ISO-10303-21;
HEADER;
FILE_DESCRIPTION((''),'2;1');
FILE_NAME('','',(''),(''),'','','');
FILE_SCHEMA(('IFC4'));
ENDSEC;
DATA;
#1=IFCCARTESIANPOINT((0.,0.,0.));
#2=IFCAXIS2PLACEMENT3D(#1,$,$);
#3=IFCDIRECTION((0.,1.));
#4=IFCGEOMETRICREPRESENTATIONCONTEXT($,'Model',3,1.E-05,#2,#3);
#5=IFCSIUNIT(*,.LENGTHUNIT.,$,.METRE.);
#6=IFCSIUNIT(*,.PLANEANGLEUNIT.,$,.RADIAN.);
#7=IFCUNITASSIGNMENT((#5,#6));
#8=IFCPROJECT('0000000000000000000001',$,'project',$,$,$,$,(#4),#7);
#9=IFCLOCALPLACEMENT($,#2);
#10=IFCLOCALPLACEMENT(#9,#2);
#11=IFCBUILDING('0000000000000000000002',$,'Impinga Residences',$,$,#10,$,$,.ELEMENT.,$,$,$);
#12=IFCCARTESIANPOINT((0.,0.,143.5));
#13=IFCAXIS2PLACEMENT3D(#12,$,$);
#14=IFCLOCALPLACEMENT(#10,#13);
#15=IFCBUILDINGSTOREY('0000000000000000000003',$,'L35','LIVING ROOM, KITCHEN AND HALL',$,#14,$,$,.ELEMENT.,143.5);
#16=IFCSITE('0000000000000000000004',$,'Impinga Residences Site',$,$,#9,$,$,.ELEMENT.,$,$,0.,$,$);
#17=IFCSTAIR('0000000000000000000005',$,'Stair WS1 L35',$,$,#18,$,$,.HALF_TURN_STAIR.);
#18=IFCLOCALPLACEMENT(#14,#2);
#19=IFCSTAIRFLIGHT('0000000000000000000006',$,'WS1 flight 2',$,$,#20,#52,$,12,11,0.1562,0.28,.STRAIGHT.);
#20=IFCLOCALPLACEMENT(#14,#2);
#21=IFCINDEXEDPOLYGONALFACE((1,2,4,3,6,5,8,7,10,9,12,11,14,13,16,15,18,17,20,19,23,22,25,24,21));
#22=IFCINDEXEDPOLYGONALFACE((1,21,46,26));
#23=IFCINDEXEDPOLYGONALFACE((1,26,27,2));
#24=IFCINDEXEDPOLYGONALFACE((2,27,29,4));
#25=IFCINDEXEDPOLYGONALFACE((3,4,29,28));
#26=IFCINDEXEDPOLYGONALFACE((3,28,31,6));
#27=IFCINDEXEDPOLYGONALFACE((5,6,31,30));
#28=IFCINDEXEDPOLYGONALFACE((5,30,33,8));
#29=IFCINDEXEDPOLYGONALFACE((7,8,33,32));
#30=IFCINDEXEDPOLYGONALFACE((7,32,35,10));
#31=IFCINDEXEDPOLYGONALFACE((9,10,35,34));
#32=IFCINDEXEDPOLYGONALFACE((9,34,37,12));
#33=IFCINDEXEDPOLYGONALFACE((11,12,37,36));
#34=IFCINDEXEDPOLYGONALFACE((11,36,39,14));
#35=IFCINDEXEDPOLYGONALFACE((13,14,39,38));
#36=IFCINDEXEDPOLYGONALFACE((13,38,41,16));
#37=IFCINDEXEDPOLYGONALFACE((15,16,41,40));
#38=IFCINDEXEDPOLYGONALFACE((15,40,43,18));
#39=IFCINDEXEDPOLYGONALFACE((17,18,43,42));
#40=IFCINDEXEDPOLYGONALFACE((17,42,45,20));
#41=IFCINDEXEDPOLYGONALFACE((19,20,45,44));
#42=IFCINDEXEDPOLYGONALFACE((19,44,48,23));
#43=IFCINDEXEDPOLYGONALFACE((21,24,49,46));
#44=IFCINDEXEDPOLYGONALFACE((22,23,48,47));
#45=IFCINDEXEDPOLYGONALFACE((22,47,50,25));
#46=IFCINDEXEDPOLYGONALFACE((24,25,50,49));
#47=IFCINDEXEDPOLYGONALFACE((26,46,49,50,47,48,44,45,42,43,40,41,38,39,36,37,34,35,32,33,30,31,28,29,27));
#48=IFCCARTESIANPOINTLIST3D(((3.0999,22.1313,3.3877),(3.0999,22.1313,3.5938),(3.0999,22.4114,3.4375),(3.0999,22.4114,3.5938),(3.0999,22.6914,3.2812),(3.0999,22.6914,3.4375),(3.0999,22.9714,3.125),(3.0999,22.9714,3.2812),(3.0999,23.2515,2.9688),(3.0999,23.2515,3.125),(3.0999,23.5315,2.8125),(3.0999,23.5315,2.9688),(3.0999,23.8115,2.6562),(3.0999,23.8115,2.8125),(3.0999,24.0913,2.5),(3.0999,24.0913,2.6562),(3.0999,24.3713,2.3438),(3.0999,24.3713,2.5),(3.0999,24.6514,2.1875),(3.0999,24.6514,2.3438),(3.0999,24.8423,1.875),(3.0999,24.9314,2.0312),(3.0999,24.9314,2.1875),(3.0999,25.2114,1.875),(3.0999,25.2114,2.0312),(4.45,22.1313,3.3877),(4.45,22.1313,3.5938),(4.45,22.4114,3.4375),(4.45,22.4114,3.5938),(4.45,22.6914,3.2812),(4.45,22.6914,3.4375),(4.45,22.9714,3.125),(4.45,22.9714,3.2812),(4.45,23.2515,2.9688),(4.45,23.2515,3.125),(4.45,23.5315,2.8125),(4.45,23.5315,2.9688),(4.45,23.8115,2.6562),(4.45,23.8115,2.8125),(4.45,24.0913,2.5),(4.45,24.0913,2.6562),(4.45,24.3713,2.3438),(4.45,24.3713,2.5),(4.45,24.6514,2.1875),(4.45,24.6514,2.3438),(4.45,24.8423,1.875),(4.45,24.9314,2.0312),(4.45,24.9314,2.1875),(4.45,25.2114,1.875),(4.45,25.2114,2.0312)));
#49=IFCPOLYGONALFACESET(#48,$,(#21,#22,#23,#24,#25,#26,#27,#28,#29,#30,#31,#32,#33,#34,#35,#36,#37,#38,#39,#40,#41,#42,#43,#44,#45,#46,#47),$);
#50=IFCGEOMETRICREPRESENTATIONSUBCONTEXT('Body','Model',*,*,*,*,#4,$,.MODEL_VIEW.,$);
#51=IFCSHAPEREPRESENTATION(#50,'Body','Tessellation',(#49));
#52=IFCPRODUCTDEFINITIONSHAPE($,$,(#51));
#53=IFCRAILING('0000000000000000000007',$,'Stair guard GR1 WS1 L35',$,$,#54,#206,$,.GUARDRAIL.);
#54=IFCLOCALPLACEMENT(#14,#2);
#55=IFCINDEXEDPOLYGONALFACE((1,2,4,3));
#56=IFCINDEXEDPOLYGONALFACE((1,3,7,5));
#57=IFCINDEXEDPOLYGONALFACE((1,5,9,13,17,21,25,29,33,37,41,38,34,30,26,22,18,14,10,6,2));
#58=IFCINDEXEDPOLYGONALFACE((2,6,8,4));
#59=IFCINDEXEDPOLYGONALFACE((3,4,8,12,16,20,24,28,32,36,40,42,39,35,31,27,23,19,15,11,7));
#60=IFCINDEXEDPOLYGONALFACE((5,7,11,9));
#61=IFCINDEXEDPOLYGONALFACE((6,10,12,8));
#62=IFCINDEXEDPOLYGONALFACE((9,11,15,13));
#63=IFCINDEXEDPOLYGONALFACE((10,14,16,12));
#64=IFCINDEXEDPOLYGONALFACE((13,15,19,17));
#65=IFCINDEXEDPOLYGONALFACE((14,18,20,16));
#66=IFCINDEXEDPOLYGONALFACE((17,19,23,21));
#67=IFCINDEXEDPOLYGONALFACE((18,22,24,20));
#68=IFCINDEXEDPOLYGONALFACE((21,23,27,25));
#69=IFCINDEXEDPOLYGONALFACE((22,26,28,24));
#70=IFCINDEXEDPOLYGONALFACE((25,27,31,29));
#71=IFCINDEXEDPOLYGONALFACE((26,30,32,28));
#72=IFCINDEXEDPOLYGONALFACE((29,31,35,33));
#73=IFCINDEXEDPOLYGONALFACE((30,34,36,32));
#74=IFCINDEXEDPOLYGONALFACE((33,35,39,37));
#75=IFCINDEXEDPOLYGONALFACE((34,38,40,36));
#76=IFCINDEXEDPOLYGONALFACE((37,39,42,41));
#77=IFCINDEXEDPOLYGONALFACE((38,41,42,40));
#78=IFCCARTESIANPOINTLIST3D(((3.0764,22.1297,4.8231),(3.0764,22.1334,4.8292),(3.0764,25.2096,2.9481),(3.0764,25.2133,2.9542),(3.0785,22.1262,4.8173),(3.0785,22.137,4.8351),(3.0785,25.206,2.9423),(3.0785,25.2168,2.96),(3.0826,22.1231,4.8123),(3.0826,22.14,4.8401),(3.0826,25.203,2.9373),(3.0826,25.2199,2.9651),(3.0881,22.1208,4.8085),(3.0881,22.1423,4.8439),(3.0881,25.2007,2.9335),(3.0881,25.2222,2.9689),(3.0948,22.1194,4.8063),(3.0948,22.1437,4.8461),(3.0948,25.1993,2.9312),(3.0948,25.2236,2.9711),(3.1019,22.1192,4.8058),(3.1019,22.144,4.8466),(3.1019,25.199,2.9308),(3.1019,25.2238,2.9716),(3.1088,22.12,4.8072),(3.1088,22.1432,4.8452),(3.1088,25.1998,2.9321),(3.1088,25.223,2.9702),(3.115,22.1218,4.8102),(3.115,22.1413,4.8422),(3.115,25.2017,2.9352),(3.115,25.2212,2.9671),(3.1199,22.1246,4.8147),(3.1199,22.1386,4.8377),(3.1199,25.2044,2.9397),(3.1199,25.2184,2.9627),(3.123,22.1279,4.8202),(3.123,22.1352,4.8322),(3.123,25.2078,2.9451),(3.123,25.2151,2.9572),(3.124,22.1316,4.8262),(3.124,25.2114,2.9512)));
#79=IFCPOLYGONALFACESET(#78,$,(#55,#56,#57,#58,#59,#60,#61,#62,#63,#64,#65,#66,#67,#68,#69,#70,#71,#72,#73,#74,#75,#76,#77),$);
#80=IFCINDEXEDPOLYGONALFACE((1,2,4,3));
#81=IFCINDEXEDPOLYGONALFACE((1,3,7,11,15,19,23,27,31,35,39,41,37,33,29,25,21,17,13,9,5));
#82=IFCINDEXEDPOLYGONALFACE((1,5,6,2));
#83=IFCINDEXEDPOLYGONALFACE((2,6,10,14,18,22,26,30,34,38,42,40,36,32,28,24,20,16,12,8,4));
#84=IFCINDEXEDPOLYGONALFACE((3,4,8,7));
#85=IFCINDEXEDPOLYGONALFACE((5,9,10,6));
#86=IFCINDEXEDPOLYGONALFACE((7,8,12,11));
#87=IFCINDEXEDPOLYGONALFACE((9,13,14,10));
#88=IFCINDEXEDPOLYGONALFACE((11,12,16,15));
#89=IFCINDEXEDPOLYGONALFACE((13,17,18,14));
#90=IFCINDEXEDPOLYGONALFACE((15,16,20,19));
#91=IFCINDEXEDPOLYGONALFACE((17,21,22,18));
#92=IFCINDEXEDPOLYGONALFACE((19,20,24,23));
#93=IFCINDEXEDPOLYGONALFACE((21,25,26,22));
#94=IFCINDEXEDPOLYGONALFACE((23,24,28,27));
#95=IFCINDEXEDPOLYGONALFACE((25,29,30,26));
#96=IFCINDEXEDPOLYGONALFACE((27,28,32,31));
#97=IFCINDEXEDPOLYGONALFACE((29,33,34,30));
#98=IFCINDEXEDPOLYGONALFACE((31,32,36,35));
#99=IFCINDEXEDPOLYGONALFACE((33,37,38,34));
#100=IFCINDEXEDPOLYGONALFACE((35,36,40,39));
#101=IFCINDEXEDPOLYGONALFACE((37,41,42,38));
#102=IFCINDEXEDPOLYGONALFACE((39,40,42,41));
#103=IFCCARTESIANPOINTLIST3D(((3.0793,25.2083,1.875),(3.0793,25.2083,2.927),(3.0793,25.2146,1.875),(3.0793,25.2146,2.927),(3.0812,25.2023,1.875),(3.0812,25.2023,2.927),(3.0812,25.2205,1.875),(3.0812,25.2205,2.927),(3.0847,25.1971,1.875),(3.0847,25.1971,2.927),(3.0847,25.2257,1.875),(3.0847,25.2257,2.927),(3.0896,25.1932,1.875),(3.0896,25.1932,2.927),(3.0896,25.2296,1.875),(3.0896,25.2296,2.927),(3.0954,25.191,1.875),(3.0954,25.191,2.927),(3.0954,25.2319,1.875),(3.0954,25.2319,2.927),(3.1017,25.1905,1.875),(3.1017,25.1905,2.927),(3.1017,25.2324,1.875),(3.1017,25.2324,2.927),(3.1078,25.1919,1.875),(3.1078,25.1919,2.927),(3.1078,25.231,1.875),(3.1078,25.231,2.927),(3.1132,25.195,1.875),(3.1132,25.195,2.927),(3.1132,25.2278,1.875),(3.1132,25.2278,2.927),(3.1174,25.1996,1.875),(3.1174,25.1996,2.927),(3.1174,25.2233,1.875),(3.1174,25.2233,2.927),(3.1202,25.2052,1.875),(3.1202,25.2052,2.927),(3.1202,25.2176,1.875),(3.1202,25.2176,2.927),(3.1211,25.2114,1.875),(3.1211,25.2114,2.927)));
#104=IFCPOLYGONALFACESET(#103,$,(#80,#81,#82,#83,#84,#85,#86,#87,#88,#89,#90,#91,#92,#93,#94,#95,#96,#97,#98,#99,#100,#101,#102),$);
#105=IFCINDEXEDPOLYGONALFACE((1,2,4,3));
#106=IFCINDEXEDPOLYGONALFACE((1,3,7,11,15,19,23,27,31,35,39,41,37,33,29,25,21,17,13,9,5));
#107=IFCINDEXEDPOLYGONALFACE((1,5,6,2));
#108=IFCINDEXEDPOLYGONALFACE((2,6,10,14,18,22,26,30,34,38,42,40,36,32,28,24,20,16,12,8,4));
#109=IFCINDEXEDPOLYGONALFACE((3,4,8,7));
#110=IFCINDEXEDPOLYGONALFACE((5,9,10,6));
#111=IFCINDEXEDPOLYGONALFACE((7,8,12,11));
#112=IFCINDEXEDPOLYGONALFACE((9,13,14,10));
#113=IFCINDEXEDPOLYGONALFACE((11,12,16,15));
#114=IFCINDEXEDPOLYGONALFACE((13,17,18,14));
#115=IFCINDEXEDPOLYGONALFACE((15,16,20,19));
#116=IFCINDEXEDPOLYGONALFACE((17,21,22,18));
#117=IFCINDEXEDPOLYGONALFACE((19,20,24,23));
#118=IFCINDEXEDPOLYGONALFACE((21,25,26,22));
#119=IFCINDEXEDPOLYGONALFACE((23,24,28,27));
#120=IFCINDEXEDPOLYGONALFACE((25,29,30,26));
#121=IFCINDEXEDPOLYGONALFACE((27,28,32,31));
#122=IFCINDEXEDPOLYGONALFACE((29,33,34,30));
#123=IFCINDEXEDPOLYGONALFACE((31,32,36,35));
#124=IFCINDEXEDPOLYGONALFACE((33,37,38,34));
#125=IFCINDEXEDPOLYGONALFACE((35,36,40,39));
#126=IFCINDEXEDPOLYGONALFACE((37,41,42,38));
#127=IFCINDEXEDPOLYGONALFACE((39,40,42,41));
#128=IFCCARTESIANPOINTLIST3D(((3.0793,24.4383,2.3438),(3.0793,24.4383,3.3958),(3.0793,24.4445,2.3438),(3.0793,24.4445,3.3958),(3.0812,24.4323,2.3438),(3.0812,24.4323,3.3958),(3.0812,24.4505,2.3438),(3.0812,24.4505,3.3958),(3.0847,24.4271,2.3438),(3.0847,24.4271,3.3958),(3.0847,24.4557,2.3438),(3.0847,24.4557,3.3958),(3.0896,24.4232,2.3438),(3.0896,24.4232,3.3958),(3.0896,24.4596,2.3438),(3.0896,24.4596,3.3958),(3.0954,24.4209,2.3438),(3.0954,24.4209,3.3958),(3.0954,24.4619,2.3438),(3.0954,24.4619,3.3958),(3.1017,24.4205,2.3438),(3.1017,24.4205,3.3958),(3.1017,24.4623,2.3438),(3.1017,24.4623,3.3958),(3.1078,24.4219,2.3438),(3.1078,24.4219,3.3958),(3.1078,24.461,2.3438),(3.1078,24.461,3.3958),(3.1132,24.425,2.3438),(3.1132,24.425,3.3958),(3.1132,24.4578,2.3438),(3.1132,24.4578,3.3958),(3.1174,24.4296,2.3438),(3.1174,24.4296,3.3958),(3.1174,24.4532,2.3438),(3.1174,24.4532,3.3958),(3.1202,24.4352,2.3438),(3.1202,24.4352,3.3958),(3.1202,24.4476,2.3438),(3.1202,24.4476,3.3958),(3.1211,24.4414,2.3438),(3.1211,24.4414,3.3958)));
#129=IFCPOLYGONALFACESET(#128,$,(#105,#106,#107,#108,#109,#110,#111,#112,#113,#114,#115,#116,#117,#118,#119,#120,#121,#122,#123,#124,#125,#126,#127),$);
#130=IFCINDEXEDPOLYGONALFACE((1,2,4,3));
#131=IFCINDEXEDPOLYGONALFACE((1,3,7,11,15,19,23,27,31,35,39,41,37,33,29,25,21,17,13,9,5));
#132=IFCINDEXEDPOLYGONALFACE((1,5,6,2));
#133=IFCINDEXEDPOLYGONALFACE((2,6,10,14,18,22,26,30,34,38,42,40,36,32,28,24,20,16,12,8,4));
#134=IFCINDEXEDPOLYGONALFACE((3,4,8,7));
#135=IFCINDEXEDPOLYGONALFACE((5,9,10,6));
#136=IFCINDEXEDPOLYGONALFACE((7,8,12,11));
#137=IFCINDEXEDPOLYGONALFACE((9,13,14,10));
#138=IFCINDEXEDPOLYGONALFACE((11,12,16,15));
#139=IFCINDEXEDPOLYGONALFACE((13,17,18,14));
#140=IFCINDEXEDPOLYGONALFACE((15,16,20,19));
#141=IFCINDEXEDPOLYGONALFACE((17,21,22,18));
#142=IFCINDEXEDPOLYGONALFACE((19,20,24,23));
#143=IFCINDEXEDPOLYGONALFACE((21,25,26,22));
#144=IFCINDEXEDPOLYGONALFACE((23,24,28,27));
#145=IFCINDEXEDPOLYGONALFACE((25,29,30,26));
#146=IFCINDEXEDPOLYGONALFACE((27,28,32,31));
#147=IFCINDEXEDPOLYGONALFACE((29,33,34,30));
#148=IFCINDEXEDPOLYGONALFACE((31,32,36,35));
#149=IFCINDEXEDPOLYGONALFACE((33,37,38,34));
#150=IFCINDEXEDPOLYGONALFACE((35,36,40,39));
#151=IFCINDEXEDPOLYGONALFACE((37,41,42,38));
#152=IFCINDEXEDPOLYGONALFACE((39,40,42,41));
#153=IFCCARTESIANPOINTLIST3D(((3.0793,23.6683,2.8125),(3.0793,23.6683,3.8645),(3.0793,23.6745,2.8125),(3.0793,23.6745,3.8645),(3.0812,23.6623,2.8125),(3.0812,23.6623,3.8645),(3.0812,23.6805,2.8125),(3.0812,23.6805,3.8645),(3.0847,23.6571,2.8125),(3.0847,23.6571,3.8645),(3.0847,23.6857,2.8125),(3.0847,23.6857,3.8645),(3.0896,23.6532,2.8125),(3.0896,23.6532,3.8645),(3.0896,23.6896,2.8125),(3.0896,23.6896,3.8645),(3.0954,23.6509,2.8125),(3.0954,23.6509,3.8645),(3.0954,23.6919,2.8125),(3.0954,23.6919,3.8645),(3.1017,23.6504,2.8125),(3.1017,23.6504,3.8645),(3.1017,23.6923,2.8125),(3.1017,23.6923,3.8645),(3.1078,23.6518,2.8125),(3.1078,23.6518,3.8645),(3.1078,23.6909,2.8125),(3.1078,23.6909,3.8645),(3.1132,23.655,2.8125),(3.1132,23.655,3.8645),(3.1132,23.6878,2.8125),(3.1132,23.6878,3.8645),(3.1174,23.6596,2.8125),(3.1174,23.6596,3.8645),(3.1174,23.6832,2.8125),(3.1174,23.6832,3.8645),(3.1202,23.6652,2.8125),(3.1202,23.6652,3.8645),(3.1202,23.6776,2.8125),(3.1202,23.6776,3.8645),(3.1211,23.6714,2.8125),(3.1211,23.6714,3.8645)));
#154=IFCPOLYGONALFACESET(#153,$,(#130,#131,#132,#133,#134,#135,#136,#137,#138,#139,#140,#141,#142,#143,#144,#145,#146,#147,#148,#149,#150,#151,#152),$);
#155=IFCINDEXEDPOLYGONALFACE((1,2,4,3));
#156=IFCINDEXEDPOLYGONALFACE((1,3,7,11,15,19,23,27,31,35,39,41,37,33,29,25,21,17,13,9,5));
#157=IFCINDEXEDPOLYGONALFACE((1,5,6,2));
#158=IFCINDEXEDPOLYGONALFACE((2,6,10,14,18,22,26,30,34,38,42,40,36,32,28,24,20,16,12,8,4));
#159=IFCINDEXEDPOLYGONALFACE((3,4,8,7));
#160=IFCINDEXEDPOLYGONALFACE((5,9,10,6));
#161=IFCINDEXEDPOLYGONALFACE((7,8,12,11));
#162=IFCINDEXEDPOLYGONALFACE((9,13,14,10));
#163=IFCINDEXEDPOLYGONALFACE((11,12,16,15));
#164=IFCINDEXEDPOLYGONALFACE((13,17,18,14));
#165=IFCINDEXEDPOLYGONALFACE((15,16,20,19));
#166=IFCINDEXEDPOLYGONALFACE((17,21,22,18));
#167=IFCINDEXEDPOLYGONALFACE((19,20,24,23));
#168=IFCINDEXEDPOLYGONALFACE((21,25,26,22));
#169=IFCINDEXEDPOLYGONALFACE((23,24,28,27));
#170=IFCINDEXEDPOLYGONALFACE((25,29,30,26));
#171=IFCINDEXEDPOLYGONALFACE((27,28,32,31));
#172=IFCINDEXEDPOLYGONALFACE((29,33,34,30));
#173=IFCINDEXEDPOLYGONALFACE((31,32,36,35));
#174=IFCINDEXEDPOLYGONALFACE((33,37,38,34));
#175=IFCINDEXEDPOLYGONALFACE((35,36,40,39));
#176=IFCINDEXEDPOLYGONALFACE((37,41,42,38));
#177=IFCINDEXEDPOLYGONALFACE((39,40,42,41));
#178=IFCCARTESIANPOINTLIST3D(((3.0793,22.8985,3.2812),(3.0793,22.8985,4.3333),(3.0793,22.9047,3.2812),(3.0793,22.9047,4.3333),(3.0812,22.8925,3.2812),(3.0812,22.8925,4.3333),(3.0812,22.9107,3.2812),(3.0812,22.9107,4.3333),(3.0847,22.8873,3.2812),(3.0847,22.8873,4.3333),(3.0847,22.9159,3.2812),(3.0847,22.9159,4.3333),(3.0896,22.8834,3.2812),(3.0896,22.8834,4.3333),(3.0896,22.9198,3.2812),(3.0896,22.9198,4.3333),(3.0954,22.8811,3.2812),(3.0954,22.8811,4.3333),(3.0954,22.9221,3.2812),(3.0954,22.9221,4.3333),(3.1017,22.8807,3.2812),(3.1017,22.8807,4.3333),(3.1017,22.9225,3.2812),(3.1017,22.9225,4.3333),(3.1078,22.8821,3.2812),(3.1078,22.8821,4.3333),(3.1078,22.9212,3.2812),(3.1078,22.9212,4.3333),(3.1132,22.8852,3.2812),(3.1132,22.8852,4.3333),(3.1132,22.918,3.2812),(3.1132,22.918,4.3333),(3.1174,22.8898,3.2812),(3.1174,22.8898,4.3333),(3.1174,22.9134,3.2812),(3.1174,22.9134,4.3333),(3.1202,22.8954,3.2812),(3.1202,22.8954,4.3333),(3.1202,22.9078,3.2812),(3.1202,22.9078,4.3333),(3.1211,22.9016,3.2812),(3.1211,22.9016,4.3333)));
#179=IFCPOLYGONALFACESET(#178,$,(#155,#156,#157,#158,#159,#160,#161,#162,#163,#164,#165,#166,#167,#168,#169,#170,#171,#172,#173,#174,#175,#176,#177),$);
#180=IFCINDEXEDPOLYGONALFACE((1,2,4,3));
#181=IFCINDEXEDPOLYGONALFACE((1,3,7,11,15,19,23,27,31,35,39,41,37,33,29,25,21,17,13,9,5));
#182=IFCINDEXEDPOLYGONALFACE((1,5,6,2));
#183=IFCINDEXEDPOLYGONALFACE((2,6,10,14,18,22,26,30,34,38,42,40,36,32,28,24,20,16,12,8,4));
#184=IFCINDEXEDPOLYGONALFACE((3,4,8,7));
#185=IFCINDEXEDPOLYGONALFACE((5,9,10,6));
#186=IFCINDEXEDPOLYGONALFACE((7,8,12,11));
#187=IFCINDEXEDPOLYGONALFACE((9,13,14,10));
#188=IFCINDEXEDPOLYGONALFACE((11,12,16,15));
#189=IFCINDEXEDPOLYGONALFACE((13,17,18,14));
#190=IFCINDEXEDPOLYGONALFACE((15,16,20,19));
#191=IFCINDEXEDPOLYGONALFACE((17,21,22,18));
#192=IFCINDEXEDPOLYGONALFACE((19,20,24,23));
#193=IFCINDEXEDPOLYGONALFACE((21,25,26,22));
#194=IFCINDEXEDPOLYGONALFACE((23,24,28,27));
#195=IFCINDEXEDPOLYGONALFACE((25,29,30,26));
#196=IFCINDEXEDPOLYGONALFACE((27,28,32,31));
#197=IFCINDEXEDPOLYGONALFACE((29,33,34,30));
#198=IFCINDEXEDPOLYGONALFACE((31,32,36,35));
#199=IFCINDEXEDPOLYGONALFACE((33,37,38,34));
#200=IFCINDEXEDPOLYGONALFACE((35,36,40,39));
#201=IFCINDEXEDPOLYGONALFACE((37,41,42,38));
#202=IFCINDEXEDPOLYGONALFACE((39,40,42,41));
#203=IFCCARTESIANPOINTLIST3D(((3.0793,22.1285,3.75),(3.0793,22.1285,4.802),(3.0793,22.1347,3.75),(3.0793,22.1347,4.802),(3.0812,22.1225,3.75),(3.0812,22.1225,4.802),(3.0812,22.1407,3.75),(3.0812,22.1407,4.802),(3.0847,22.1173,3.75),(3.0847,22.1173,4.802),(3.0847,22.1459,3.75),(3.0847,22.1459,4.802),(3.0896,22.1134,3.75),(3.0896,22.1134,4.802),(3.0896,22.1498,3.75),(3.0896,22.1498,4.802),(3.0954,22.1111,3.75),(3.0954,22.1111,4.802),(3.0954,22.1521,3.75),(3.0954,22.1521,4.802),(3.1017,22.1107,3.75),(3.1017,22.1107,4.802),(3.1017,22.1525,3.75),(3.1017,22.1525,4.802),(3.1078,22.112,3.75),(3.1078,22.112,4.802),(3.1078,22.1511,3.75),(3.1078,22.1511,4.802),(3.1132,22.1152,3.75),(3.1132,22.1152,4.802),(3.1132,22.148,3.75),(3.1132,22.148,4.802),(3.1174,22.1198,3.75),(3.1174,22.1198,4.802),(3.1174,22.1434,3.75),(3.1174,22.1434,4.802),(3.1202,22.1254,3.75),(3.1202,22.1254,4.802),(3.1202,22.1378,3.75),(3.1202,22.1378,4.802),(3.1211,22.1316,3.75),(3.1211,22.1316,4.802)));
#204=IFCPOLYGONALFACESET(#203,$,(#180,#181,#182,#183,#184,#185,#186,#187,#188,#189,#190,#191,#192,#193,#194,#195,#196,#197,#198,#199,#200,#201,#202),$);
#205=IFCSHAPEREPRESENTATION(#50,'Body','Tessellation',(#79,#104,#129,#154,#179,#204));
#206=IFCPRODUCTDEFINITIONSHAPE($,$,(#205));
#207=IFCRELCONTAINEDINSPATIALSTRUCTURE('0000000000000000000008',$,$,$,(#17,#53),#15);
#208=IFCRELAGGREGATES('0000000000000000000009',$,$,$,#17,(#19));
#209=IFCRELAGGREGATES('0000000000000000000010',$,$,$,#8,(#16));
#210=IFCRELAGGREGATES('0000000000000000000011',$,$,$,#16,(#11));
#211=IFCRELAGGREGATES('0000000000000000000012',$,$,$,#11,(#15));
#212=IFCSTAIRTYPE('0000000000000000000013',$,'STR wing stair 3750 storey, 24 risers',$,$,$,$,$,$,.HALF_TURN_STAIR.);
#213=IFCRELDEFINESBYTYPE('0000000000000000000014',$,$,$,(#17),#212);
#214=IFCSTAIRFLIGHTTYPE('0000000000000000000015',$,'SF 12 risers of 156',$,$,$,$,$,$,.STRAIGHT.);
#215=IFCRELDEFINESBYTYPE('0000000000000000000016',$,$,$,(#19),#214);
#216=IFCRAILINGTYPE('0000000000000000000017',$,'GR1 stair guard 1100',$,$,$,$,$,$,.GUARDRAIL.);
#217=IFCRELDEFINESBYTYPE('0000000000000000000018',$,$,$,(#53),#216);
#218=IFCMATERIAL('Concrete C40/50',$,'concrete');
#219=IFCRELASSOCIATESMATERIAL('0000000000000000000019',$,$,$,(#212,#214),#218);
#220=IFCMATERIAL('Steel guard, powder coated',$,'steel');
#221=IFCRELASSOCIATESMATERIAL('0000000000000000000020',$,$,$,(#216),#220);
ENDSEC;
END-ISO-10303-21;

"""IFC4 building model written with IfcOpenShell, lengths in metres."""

from ifc_helpers import new_model, si_unit, direction, frame, origin, origin_2d, place, context, subcontext, project, spatial, polyline, circle, outline, extrude, material, type_object, element, aggregate, save


model = new_model("IFC4")

# Units and contexts
model_context = context("Model", 3, precision=1e-05, world=origin(), true_north=direction((0.0, 1.0)))
body_context = subcontext(model_context, "Body", "Model", "MODEL_VIEW")
ifc_project = project(units=[si_unit("LENGTHUNIT", "METRE"), si_unit("PLANEANGLEUNIT", "RADIAN")], contexts=[model_context])

# Site, building, storey
site_placement = place(None, origin())
site = spatial("IfcSite", under=ifc_project, at=site_placement, Name="Impinga Residences Site", CompositionType="ELEMENT", RefElevation=0.0)
building_placement = place(site_placement, origin())
building = spatial("IfcBuilding", under=site, at=building_placement, Name="Impinga Residences", CompositionType="ELEMENT")
storey_placement = place(building_placement, frame((0.0, 0.0, 143.5)))
storey = spatial("IfcBuildingStorey", under=building, at=storey_placement, Name="L35", Description="LIVING ROOM, KITCHEN AND HALL", CompositionType="ELEMENT", Elevation=143.5)

# Stair, stair flight
ifc_material_1 = material(Name="Concrete C40/50", Category="concrete")
stair_type = type_object("IfcStairType", Name="STR wing stair 3750 storey, 24 risers", PredefinedType="HALF_TURN_STAIR", material=ifc_material_1)
stair_placement = place(storey_placement, origin())
stair = element("IfcStair", 1, at=stair_placement, inside=storey, type_object=stair_type, Name="Stair WS1 L35", PredefinedType="HALF_TURN_STAIR")
stair_flight_type = type_object("IfcStairFlightType", Name="SF 12 risers of 156", PredefinedType="STRAIGHT", material=ifc_material_1)
stair_flight_placement = place(storey_placement, frame((3.7749, 25.2114, 1.875), z_axis=(0.0, 0.0, 1.0), x_axis=(0.0, -1.0, 0.0)))
stair_flight = element("IfcStairFlight", 2, at=stair_flight_placement, type_object=stair_flight_type, Name="WS1 flight 2", NumberOfRisers=12, NumberOfTreads=11, PredefinedType="STRAIGHT", RiserHeight=0.1562, TreadLength=0.28, context=body_context, shape_type="SweptSolid", body=[
    extrude(outline(polyline([(0.0, 0.0), (0.0, 0.1562), (0.28, 0.1562), (0.28, 0.3125), (0.5601, 0.3125), (0.5601, 0.4688), (0.8401, 0.4688), (0.8401, 0.625), (1.1201, 0.625), (1.1201, 0.7812), (1.3999, 0.7812), (1.3999, 0.9375), (1.6799, 0.9375), (1.6799, 1.0938), (1.96, 1.0938), (1.96, 1.25), (2.24, 1.25), (2.24, 1.4062), (2.52, 1.4062), (2.52, 1.5625), (2.8, 1.5625), (2.8, 1.7188), (3.0801, 1.7188), (3.0801, 1.875), (3.0801, 1.5127), (0.3691, 0.0), (0.0, 0.0)])), frame((0.0, 0.675, 0.0), z_axis=(0.0, -1.0, 0.0), x_axis=(1.0, 0.0, 0.0)), (0.0, 0.0, 1.0), 1.3501),
])
aggregate(stair, [stair_flight])

# Railing
ifc_material_2 = material(Name="Steel guard, powder coated", Category="steel")
railing_type_1 = type_object("IfcRailingType", Name="GR1 stair guard 1100", PredefinedType="GUARDRAIL", material=ifc_material_2)
railing_1_placement = place(storey_placement, frame((3.1001, 25.2114, 1.875)))
element("IfcRailing", 3, at=railing_1_placement, inside=storey, type_object=railing_type_1, Name="Stair guard GR1 WS1 L35", PredefinedType="GUARDRAIL", context=body_context, shape_type="SweptSolid", body=[
    extrude(circle(Radius=0.0239, at=origin_2d()), frame((0.0, 0.0, 1.0762), z_axis=(0.0, -0.854159, 0.520011), x_axis=(1.0, 0.0, 0.0)), (0.0, 0.0, 1.0), 3.6057),
    extrude(circle(Radius=0.021, at=origin_2d()), origin(), (0.0, 0.0, 1.0), 1.052),
    extrude(circle(Radius=0.021, at=origin_2d()), frame((0.0, -0.77, 0.4688)), (0.0, 0.0, 1.0), 1.052),
    extrude(circle(Radius=0.021, at=origin_2d()), frame((0.0, -1.54, 0.9375)), (0.0, 0.0, 1.0), 1.052),
    extrude(circle(Radius=0.021, at=origin_2d()), frame((0.0, -2.3098, 1.4062)), (0.0, 0.0, 1.0), 1.052),
    extrude(circle(Radius=0.021, at=origin_2d()), frame((0.0, -3.0798, 1.875)), (0.0, 0.0, 1.0), 1.052),
])

save(model, "model.ifc")
